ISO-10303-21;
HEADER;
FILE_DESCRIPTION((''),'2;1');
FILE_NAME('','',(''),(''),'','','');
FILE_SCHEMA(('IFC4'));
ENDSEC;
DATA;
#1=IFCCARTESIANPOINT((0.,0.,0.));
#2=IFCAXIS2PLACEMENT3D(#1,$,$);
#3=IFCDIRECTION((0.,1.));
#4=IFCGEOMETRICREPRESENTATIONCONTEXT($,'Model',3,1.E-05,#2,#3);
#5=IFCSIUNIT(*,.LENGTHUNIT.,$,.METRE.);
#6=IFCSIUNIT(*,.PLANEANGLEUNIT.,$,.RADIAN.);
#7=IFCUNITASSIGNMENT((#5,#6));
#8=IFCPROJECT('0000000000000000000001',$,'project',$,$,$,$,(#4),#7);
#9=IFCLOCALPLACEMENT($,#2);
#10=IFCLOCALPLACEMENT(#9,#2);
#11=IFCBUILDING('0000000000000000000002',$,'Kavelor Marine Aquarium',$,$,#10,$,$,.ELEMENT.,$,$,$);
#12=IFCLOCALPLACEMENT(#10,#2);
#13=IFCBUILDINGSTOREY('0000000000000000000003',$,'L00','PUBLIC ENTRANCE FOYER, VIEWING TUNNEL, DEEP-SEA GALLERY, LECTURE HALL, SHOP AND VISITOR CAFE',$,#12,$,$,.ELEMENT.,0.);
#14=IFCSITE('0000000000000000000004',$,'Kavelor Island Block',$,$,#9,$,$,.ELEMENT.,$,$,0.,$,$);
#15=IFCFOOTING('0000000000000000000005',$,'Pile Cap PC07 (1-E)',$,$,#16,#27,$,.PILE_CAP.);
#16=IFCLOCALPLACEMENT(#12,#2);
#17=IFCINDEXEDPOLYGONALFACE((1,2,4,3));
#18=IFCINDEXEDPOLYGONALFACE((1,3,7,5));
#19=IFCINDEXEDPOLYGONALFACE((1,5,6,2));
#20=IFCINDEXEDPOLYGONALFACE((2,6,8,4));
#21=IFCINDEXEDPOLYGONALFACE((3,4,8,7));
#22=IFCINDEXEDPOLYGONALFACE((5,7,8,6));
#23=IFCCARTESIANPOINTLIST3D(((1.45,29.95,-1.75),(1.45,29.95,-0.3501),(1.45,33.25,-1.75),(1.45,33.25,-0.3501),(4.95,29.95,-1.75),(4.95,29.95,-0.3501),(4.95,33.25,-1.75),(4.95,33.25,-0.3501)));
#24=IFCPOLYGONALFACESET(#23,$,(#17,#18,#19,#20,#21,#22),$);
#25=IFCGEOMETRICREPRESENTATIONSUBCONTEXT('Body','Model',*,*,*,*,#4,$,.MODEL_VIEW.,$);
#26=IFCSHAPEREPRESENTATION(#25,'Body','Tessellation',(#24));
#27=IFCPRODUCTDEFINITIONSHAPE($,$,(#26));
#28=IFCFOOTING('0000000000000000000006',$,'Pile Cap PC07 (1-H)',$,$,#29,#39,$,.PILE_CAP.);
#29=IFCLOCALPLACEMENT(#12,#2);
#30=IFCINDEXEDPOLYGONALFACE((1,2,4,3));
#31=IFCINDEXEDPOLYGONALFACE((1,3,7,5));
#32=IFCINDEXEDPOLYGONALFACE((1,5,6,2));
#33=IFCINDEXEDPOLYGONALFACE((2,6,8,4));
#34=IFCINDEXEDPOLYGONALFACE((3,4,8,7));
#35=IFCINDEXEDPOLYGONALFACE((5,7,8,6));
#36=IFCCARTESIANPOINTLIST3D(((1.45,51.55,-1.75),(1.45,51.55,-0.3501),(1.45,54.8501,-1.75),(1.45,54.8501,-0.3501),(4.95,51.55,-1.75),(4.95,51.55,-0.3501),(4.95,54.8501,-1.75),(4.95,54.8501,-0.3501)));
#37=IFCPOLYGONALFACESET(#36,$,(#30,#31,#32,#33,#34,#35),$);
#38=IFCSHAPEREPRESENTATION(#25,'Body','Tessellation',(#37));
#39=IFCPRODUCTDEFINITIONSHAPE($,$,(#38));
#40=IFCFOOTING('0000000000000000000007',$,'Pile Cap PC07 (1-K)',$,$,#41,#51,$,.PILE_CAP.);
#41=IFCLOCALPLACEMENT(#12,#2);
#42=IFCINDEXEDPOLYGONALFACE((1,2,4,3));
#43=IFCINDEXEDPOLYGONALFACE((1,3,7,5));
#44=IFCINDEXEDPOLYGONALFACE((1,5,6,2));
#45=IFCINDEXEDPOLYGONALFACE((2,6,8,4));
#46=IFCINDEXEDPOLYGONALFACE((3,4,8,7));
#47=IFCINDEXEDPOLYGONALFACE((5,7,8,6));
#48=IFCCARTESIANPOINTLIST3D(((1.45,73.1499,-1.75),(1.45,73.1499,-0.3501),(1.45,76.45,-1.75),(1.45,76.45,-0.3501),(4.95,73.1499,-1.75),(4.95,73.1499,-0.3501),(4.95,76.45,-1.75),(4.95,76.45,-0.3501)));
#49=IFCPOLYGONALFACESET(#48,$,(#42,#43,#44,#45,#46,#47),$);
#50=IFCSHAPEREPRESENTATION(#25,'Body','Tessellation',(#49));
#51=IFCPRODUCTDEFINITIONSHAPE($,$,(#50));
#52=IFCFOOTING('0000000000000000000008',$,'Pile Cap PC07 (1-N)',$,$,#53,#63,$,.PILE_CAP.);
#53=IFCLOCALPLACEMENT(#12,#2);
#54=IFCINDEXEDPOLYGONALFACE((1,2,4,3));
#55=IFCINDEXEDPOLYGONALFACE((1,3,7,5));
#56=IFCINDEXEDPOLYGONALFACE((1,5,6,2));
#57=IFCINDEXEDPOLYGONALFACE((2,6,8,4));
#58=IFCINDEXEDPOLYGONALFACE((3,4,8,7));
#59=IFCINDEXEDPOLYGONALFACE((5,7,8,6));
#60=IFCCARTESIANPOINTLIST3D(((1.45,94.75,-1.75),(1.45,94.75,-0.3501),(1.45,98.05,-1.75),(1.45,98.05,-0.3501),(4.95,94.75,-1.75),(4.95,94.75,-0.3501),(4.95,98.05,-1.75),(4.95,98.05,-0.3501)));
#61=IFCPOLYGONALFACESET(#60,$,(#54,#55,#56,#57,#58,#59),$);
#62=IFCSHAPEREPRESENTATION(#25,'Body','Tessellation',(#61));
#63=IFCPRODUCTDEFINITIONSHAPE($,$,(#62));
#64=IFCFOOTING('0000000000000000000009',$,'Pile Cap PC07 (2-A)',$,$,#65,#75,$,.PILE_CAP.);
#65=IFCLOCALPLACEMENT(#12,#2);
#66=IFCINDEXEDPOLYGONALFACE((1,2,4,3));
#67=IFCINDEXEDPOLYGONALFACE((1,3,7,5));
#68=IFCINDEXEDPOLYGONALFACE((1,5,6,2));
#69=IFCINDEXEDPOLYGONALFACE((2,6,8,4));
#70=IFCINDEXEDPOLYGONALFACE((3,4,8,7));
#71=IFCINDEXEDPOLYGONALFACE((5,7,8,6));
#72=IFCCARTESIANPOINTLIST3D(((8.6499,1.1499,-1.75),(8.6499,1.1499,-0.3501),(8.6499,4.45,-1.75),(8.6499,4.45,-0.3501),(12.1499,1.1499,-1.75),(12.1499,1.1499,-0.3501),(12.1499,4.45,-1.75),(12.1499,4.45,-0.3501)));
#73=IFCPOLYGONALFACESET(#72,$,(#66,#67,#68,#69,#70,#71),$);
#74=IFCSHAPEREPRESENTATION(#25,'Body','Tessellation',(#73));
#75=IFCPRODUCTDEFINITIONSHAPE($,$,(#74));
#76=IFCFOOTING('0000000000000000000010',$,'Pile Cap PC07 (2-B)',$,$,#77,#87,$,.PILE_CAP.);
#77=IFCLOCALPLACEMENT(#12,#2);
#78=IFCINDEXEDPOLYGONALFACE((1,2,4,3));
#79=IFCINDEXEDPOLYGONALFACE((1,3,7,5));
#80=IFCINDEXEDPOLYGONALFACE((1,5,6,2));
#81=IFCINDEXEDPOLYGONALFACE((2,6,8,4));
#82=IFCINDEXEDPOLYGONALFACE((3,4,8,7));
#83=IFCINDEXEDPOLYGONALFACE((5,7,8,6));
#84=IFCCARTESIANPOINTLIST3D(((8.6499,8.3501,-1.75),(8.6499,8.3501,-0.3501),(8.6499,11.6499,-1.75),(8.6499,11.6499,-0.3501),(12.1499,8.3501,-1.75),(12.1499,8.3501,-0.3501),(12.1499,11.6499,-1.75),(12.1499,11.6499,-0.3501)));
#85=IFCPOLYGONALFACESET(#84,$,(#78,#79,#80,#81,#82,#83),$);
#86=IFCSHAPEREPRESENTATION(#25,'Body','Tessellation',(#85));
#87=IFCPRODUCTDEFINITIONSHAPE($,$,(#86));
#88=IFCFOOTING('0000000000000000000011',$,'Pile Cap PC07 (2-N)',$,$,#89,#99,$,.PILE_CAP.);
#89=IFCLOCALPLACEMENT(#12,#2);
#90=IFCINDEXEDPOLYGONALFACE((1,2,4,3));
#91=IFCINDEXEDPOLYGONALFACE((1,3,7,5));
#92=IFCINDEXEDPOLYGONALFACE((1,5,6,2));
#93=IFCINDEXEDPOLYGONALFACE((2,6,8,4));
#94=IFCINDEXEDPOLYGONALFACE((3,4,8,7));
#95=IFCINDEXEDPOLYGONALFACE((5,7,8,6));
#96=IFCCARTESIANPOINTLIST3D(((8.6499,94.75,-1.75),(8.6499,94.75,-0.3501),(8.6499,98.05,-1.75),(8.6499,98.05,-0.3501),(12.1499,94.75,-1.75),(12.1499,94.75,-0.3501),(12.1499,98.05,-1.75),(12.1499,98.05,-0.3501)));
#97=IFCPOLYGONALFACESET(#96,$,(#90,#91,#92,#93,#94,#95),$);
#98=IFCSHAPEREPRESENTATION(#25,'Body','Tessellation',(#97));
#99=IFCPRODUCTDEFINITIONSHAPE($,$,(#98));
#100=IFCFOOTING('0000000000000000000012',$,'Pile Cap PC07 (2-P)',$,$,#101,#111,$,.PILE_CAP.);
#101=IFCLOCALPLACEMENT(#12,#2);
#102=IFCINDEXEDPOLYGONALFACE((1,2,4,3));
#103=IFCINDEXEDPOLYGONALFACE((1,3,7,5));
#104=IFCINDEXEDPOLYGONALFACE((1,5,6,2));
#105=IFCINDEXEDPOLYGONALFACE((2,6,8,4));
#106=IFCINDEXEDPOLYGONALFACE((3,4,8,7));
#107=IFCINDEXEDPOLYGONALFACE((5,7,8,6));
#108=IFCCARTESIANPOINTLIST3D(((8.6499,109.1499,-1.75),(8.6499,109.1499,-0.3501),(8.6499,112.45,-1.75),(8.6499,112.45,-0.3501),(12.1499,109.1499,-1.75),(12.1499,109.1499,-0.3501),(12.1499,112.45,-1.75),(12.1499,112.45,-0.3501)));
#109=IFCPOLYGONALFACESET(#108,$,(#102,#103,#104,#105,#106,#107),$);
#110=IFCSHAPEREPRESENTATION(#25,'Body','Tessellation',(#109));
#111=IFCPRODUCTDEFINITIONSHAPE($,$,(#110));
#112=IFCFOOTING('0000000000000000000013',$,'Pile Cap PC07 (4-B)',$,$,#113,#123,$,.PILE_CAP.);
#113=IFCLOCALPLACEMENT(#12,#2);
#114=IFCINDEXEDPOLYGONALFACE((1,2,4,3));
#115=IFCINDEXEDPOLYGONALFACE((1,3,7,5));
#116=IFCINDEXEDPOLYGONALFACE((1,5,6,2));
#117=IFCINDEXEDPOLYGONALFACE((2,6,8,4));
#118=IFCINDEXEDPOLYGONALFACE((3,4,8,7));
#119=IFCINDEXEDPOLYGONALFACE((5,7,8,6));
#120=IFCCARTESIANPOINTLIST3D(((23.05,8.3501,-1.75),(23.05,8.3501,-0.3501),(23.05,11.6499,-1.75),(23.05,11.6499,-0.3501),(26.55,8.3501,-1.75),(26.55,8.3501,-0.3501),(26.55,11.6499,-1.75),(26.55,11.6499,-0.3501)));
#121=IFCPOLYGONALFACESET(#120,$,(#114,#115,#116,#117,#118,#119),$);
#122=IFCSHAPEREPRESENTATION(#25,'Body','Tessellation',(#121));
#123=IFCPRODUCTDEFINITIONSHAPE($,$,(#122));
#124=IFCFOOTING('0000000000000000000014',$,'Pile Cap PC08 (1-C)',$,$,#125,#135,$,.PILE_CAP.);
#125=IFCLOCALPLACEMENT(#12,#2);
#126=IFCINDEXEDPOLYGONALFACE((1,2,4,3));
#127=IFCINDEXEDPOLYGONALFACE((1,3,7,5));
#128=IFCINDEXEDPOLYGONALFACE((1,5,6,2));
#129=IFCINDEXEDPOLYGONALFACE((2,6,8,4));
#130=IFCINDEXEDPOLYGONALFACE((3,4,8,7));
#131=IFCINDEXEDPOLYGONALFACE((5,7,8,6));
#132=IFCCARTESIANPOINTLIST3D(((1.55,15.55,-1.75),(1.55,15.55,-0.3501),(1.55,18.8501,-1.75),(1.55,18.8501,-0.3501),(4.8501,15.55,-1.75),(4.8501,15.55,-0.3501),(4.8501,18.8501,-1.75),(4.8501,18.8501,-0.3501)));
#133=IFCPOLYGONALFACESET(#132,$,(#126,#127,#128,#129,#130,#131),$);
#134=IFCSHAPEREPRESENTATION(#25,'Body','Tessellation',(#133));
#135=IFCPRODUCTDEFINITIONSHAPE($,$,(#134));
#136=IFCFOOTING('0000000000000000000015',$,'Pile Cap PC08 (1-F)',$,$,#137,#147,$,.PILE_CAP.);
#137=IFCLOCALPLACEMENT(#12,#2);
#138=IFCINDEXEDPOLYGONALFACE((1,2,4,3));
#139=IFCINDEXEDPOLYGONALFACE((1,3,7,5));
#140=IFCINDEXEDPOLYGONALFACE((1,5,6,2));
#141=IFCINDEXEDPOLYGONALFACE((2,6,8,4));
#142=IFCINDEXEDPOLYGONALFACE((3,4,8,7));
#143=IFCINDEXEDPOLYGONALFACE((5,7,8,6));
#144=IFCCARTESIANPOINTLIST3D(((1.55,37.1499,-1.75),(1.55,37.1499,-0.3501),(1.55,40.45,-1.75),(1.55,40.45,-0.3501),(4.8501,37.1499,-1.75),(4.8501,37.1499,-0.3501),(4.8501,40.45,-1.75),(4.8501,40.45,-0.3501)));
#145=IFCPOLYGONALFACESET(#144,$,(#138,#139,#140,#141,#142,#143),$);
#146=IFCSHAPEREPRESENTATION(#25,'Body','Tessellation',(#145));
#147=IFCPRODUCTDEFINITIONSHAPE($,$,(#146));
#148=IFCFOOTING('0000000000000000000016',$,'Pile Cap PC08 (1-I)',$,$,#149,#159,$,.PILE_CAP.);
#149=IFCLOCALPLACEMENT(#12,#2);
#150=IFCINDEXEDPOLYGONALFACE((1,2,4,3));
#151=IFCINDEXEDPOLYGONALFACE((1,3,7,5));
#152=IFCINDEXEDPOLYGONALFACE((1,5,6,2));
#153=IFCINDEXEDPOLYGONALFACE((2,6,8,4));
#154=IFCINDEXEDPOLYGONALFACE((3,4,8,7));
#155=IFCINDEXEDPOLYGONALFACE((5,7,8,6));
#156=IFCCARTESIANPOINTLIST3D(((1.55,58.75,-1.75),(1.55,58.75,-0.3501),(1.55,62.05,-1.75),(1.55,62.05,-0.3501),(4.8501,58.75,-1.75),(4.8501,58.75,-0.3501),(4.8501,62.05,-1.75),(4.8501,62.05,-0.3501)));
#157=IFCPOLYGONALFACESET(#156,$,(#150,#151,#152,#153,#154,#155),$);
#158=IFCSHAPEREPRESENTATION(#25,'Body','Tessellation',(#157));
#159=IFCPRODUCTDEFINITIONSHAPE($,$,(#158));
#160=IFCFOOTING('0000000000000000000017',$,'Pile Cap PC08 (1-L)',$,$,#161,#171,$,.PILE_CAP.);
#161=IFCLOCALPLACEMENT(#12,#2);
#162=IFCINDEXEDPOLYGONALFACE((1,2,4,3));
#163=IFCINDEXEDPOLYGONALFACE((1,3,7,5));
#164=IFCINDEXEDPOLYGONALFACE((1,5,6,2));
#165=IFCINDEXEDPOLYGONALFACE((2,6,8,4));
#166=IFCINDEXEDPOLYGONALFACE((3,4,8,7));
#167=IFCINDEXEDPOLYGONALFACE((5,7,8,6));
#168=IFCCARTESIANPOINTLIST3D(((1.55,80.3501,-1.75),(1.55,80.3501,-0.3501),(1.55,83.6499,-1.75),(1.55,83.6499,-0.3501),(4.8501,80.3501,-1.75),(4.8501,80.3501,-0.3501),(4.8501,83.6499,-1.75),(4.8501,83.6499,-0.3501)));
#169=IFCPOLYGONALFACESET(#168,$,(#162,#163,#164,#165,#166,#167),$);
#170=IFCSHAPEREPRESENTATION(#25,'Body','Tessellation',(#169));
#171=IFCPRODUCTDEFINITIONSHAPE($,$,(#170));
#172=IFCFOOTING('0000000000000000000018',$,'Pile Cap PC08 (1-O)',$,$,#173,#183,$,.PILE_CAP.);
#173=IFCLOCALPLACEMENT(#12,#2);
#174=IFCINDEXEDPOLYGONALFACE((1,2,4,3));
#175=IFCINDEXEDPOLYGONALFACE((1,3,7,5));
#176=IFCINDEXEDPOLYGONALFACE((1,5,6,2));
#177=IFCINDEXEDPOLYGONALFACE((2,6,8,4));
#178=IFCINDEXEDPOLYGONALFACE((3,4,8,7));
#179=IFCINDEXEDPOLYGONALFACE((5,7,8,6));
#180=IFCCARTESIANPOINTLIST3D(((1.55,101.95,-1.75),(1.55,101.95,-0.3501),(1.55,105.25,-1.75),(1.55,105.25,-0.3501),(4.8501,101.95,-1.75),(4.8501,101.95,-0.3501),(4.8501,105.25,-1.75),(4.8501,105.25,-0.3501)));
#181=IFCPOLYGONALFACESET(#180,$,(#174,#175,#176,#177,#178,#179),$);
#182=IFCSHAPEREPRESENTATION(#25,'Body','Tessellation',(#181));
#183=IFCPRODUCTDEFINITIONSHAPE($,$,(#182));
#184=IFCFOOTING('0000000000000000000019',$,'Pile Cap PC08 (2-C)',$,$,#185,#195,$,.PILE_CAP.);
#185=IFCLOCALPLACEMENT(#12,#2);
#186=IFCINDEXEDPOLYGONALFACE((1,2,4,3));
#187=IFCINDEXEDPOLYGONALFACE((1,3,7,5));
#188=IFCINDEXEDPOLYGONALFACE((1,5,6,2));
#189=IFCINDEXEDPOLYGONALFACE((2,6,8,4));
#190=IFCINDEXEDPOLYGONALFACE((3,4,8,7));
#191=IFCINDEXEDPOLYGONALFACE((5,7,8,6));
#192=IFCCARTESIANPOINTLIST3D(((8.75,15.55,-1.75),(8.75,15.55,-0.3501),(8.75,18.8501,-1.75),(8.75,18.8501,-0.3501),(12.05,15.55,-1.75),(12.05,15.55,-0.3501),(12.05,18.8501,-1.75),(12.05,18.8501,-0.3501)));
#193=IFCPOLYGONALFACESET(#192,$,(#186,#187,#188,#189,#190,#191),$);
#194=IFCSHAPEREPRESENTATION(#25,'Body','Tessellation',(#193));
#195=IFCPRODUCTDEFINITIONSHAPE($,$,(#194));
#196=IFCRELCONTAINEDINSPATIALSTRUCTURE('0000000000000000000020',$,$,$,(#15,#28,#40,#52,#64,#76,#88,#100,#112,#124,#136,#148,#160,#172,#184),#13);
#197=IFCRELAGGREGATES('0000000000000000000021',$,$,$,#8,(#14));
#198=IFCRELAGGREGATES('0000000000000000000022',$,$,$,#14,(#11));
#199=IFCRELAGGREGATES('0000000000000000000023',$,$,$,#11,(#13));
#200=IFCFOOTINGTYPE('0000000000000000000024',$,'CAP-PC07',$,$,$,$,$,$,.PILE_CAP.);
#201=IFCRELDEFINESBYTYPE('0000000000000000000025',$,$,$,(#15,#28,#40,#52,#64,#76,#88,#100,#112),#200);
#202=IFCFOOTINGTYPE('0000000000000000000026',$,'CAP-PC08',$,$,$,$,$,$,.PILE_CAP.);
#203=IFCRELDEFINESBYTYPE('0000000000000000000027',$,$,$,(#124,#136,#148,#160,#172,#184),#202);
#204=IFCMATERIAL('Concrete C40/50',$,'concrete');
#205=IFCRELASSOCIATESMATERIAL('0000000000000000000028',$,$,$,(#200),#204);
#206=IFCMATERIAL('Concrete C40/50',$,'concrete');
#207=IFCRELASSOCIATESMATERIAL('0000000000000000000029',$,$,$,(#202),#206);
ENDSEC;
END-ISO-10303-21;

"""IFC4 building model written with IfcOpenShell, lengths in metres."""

from ifc_helpers import new_model, si_unit, direction, frame, origin, place, context, subcontext, project, spatial, polyline, outline, extrude, material, type_object, element, save


model = new_model("IFC4")

# Units and contexts
model_context = context("Model", 3, precision=1e-05, world=origin(), true_north=direction((0.0, 1.0)))
body_context = subcontext(model_context, "Body", "Model", "MODEL_VIEW")
ifc_project = project(units=[si_unit("LENGTHUNIT", "METRE"), si_unit("PLANEANGLEUNIT", "RADIAN")], contexts=[model_context])

# Site, building, storey
site_placement = place(None, origin())
site = spatial("IfcSite", under=ifc_project, at=site_placement, Name="Kavelor Island Block", CompositionType="ELEMENT", RefElevation=0.0)
building_placement = place(site_placement, origin())
building = spatial("IfcBuilding", under=site, at=building_placement, Name="Kavelor Marine Aquarium", CompositionType="ELEMENT")
storey_placement = place(building_placement, origin())
storey = spatial("IfcBuildingStorey", under=building, at=storey_placement, Name="L00", Description="PUBLIC ENTRANCE FOYER, VIEWING TUNNEL, DEEP-SEA GALLERY, LECTURE HALL, SHOP AND VISITOR CAFE", CompositionType="ELEMENT", Elevation=0.0)

# Footings
ifc_material_1 = material(Name="Concrete C40/50", Category="concrete")
footing_type_1 = type_object("IfcFootingType", Name="CAP-PC07", PredefinedType="PILE_CAP", material=ifc_material_1)
footing_1_placement = place(storey_placement, frame((0.0, 0.0, -1.75)))
element("IfcFooting", 1, at=footing_1_placement, inside=storey, type_object=footing_type_1, Name="Pile Cap PC07 (1-E)", PredefinedType="PILE_CAP", context=body_context, shape_type="SweptSolid", body=[
    extrude(outline(polyline([(1.45, 29.95), (4.95, 29.95), (4.95, 33.25), (1.45, 33.25), (1.45, 29.95)])), origin(), (0.0, 0.0, 1.0), 1.3999),
])
footing_2_placement = place(storey_placement, frame((0.0, 0.0, -1.75)))
element("IfcFooting", 2, at=footing_2_placement, inside=storey, type_object=footing_type_1, Name="Pile Cap PC07 (1-H)", PredefinedType="PILE_CAP", context=body_context, shape_type="SweptSolid", body=[
    extrude(outline(polyline([(1.45, 51.55), (4.95, 51.55), (4.95, 54.8501), (1.45, 54.8501), (1.45, 51.55)])), origin(), (0.0, 0.0, 1.0), 1.3999),
])
footing_3_placement = place(storey_placement, frame((0.0, 0.0, -1.75)))
element("IfcFooting", 3, at=footing_3_placement, inside=storey, type_object=footing_type_1, Name="Pile Cap PC07 (1-K)", PredefinedType="PILE_CAP", context=body_context, shape_type="SweptSolid", body=[
    extrude(outline(polyline([(1.45, 73.1499), (4.95, 73.1499), (4.95, 76.45), (1.45, 76.45), (1.45, 73.1499)])), origin(), (0.0, 0.0, 1.0), 1.3999),
])
footing_4_placement = place(storey_placement, frame((0.0, 0.0, -1.75)))
element("IfcFooting", 4, at=footing_4_placement, inside=storey, type_object=footing_type_1, Name="Pile Cap PC07 (1-N)", PredefinedType="PILE_CAP", context=body_context, shape_type="SweptSolid", body=[
    extrude(outline(polyline([(1.45, 94.75), (4.95, 94.75), (4.95, 98.05), (1.45, 98.05), (1.45, 94.75)])), origin(), (0.0, 0.0, 1.0), 1.3999),
])
footing_5_placement = place(storey_placement, frame((0.0, 0.0, -1.75)))
element("IfcFooting", 5, at=footing_5_placement, inside=storey, type_object=footing_type_1, Name="Pile Cap PC07 (2-A)", PredefinedType="PILE_CAP", context=body_context, shape_type="SweptSolid", body=[
    extrude(outline(polyline([(8.6499, 1.1499), (12.1499, 1.1499), (12.1499, 4.45), (8.6499, 4.45), (8.6499, 1.1499)])), origin(), (0.0, 0.0, 1.0), 1.3999),
])
footing_6_placement = place(storey_placement, frame((0.0, 0.0, -1.75)))
element("IfcFooting", 6, at=footing_6_placement, inside=storey, type_object=footing_type_1, Name="Pile Cap PC07 (2-B)", PredefinedType="PILE_CAP", context=body_context, shape_type="SweptSolid", body=[
    extrude(outline(polyline([(8.6499, 8.3501), (12.1499, 8.3501), (12.1499, 11.6499), (8.6499, 11.6499), (8.6499, 8.3501)])), origin(), (0.0, 0.0, 1.0), 1.3999),
])
footing_7_placement = place(storey_placement, frame((0.0, 0.0, -1.75)))
element("IfcFooting", 7, at=footing_7_placement, inside=storey, type_object=footing_type_1, Name="Pile Cap PC07 (2-N)", PredefinedType="PILE_CAP", context=body_context, shape_type="SweptSolid", body=[
    extrude(outline(polyline([(8.6499, 94.75), (12.1499, 94.75), (12.1499, 98.05), (8.6499, 98.05), (8.6499, 94.75)])), origin(), (0.0, 0.0, 1.0), 1.3999),
])
footing_8_placement = place(storey_placement, frame((0.0, 0.0, -1.75)))
element("IfcFooting", 8, at=footing_8_placement, inside=storey, type_object=footing_type_1, Name="Pile Cap PC07 (2-P)", PredefinedType="PILE_CAP", context=body_context, shape_type="SweptSolid", body=[
    extrude(outline(polyline([(8.6499, 109.1499), (12.1499, 109.1499), (12.1499, 112.45), (8.6499, 112.45), (8.6499, 109.1499)])), origin(), (0.0, 0.0, 1.0), 1.3999),
])
footing_9_placement = place(storey_placement, frame((0.0, 0.0, -1.75)))
element("IfcFooting", 9, at=footing_9_placement, inside=storey, type_object=footing_type_1, Name="Pile Cap PC07 (4-B)", PredefinedType="PILE_CAP", context=body_context, shape_type="SweptSolid", body=[
    extrude(outline(polyline([(23.05, 8.3501), (26.55, 8.3501), (26.55, 11.6499), (23.05, 11.6499), (23.05, 8.3501)])), origin(), (0.0, 0.0, 1.0), 1.3999),
])
ifc_material_2 = material(Name="Concrete C40/50", Category="concrete")
footing_type_2 = type_object("IfcFootingType", Name="CAP-PC08", PredefinedType="PILE_CAP", material=ifc_material_2)
footing_10_placement = place(storey_placement, frame((0.0, 0.0, -1.75)))
element("IfcFooting", 10, at=footing_10_placement, inside=storey, type_object=footing_type_2, Name="Pile Cap PC08 (1-C)", PredefinedType="PILE_CAP", context=body_context, shape_type="SweptSolid", body=[
    extrude(outline(polyline([(1.55, 15.55), (4.8501, 15.55), (4.8501, 18.8501), (1.55, 18.8501), (1.55, 15.55)])), origin(), (0.0, 0.0, 1.0), 1.3999),
])
footing_11_placement = place(storey_placement, frame((0.0, 0.0, -1.75)))
element("IfcFooting", 11, at=footing_11_placement, inside=storey, type_object=footing_type_2, Name="Pile Cap PC08 (1-F)", PredefinedType="PILE_CAP", context=body_context, shape_type="SweptSolid", body=[
    extrude(outline(polyline([(1.55, 37.1499), (4.8501, 37.1499), (4.8501, 40.45), (1.55, 40.45), (1.55, 37.1499)])), origin(), (0.0, 0.0, 1.0), 1.3999),
])
footing_12_placement = place(storey_placement, frame((0.0, 0.0, -1.75)))
element("IfcFooting", 12, at=footing_12_placement, inside=storey, type_object=footing_type_2, Name="Pile Cap PC08 (1-I)", PredefinedType="PILE_CAP", context=body_context, shape_type="SweptSolid", body=[
    extrude(outline(polyline([(1.55, 58.75), (4.8501, 58.75), (4.8501, 62.05), (1.55, 62.05), (1.55, 58.75)])), origin(), (0.0, 0.0, 1.0), 1.3999),
])
footing_13_placement = place(storey_placement, frame((0.0, 0.0, -1.75)))
element("IfcFooting", 13, at=footing_13_placement, inside=storey, type_object=footing_type_2, Name="Pile Cap PC08 (1-L)", PredefinedType="PILE_CAP", context=body_context, shape_type="SweptSolid", body=[
    extrude(outline(polyline([(1.55, 80.3501), (4.8501, 80.3501), (4.8501, 83.6499), (1.55, 83.6499), (1.55, 80.3501)])), origin(), (0.0, 0.0, 1.0), 1.3999),
])
footing_14_placement = place(storey_placement, frame((0.0, 0.0, -1.75)))
element("IfcFooting", 14, at=footing_14_placement, inside=storey, type_object=footing_type_2, Name="Pile Cap PC08 (1-O)", PredefinedType="PILE_CAP", context=body_context, shape_type="SweptSolid", body=[
    extrude(outline(polyline([(1.55, 101.95), (4.8501, 101.95), (4.8501, 105.25), (1.55, 105.25), (1.55, 101.95)])), origin(), (0.0, 0.0, 1.0), 1.3999),
])
footing_15_placement = place(storey_placement, frame((0.0, 0.0, -1.75)))
element("IfcFooting", 15, at=footing_15_placement, inside=storey, type_object=footing_type_2, Name="Pile Cap PC08 (2-C)", PredefinedType="PILE_CAP", context=body_context, shape_type="SweptSolid", body=[
    extrude(outline(polyline([(8.75, 15.55), (12.05, 15.55), (12.05, 18.8501), (8.75, 18.8501), (8.75, 15.55)])), origin(), (0.0, 0.0, 1.0), 1.3999),
])

save(model, "model.ifc")
